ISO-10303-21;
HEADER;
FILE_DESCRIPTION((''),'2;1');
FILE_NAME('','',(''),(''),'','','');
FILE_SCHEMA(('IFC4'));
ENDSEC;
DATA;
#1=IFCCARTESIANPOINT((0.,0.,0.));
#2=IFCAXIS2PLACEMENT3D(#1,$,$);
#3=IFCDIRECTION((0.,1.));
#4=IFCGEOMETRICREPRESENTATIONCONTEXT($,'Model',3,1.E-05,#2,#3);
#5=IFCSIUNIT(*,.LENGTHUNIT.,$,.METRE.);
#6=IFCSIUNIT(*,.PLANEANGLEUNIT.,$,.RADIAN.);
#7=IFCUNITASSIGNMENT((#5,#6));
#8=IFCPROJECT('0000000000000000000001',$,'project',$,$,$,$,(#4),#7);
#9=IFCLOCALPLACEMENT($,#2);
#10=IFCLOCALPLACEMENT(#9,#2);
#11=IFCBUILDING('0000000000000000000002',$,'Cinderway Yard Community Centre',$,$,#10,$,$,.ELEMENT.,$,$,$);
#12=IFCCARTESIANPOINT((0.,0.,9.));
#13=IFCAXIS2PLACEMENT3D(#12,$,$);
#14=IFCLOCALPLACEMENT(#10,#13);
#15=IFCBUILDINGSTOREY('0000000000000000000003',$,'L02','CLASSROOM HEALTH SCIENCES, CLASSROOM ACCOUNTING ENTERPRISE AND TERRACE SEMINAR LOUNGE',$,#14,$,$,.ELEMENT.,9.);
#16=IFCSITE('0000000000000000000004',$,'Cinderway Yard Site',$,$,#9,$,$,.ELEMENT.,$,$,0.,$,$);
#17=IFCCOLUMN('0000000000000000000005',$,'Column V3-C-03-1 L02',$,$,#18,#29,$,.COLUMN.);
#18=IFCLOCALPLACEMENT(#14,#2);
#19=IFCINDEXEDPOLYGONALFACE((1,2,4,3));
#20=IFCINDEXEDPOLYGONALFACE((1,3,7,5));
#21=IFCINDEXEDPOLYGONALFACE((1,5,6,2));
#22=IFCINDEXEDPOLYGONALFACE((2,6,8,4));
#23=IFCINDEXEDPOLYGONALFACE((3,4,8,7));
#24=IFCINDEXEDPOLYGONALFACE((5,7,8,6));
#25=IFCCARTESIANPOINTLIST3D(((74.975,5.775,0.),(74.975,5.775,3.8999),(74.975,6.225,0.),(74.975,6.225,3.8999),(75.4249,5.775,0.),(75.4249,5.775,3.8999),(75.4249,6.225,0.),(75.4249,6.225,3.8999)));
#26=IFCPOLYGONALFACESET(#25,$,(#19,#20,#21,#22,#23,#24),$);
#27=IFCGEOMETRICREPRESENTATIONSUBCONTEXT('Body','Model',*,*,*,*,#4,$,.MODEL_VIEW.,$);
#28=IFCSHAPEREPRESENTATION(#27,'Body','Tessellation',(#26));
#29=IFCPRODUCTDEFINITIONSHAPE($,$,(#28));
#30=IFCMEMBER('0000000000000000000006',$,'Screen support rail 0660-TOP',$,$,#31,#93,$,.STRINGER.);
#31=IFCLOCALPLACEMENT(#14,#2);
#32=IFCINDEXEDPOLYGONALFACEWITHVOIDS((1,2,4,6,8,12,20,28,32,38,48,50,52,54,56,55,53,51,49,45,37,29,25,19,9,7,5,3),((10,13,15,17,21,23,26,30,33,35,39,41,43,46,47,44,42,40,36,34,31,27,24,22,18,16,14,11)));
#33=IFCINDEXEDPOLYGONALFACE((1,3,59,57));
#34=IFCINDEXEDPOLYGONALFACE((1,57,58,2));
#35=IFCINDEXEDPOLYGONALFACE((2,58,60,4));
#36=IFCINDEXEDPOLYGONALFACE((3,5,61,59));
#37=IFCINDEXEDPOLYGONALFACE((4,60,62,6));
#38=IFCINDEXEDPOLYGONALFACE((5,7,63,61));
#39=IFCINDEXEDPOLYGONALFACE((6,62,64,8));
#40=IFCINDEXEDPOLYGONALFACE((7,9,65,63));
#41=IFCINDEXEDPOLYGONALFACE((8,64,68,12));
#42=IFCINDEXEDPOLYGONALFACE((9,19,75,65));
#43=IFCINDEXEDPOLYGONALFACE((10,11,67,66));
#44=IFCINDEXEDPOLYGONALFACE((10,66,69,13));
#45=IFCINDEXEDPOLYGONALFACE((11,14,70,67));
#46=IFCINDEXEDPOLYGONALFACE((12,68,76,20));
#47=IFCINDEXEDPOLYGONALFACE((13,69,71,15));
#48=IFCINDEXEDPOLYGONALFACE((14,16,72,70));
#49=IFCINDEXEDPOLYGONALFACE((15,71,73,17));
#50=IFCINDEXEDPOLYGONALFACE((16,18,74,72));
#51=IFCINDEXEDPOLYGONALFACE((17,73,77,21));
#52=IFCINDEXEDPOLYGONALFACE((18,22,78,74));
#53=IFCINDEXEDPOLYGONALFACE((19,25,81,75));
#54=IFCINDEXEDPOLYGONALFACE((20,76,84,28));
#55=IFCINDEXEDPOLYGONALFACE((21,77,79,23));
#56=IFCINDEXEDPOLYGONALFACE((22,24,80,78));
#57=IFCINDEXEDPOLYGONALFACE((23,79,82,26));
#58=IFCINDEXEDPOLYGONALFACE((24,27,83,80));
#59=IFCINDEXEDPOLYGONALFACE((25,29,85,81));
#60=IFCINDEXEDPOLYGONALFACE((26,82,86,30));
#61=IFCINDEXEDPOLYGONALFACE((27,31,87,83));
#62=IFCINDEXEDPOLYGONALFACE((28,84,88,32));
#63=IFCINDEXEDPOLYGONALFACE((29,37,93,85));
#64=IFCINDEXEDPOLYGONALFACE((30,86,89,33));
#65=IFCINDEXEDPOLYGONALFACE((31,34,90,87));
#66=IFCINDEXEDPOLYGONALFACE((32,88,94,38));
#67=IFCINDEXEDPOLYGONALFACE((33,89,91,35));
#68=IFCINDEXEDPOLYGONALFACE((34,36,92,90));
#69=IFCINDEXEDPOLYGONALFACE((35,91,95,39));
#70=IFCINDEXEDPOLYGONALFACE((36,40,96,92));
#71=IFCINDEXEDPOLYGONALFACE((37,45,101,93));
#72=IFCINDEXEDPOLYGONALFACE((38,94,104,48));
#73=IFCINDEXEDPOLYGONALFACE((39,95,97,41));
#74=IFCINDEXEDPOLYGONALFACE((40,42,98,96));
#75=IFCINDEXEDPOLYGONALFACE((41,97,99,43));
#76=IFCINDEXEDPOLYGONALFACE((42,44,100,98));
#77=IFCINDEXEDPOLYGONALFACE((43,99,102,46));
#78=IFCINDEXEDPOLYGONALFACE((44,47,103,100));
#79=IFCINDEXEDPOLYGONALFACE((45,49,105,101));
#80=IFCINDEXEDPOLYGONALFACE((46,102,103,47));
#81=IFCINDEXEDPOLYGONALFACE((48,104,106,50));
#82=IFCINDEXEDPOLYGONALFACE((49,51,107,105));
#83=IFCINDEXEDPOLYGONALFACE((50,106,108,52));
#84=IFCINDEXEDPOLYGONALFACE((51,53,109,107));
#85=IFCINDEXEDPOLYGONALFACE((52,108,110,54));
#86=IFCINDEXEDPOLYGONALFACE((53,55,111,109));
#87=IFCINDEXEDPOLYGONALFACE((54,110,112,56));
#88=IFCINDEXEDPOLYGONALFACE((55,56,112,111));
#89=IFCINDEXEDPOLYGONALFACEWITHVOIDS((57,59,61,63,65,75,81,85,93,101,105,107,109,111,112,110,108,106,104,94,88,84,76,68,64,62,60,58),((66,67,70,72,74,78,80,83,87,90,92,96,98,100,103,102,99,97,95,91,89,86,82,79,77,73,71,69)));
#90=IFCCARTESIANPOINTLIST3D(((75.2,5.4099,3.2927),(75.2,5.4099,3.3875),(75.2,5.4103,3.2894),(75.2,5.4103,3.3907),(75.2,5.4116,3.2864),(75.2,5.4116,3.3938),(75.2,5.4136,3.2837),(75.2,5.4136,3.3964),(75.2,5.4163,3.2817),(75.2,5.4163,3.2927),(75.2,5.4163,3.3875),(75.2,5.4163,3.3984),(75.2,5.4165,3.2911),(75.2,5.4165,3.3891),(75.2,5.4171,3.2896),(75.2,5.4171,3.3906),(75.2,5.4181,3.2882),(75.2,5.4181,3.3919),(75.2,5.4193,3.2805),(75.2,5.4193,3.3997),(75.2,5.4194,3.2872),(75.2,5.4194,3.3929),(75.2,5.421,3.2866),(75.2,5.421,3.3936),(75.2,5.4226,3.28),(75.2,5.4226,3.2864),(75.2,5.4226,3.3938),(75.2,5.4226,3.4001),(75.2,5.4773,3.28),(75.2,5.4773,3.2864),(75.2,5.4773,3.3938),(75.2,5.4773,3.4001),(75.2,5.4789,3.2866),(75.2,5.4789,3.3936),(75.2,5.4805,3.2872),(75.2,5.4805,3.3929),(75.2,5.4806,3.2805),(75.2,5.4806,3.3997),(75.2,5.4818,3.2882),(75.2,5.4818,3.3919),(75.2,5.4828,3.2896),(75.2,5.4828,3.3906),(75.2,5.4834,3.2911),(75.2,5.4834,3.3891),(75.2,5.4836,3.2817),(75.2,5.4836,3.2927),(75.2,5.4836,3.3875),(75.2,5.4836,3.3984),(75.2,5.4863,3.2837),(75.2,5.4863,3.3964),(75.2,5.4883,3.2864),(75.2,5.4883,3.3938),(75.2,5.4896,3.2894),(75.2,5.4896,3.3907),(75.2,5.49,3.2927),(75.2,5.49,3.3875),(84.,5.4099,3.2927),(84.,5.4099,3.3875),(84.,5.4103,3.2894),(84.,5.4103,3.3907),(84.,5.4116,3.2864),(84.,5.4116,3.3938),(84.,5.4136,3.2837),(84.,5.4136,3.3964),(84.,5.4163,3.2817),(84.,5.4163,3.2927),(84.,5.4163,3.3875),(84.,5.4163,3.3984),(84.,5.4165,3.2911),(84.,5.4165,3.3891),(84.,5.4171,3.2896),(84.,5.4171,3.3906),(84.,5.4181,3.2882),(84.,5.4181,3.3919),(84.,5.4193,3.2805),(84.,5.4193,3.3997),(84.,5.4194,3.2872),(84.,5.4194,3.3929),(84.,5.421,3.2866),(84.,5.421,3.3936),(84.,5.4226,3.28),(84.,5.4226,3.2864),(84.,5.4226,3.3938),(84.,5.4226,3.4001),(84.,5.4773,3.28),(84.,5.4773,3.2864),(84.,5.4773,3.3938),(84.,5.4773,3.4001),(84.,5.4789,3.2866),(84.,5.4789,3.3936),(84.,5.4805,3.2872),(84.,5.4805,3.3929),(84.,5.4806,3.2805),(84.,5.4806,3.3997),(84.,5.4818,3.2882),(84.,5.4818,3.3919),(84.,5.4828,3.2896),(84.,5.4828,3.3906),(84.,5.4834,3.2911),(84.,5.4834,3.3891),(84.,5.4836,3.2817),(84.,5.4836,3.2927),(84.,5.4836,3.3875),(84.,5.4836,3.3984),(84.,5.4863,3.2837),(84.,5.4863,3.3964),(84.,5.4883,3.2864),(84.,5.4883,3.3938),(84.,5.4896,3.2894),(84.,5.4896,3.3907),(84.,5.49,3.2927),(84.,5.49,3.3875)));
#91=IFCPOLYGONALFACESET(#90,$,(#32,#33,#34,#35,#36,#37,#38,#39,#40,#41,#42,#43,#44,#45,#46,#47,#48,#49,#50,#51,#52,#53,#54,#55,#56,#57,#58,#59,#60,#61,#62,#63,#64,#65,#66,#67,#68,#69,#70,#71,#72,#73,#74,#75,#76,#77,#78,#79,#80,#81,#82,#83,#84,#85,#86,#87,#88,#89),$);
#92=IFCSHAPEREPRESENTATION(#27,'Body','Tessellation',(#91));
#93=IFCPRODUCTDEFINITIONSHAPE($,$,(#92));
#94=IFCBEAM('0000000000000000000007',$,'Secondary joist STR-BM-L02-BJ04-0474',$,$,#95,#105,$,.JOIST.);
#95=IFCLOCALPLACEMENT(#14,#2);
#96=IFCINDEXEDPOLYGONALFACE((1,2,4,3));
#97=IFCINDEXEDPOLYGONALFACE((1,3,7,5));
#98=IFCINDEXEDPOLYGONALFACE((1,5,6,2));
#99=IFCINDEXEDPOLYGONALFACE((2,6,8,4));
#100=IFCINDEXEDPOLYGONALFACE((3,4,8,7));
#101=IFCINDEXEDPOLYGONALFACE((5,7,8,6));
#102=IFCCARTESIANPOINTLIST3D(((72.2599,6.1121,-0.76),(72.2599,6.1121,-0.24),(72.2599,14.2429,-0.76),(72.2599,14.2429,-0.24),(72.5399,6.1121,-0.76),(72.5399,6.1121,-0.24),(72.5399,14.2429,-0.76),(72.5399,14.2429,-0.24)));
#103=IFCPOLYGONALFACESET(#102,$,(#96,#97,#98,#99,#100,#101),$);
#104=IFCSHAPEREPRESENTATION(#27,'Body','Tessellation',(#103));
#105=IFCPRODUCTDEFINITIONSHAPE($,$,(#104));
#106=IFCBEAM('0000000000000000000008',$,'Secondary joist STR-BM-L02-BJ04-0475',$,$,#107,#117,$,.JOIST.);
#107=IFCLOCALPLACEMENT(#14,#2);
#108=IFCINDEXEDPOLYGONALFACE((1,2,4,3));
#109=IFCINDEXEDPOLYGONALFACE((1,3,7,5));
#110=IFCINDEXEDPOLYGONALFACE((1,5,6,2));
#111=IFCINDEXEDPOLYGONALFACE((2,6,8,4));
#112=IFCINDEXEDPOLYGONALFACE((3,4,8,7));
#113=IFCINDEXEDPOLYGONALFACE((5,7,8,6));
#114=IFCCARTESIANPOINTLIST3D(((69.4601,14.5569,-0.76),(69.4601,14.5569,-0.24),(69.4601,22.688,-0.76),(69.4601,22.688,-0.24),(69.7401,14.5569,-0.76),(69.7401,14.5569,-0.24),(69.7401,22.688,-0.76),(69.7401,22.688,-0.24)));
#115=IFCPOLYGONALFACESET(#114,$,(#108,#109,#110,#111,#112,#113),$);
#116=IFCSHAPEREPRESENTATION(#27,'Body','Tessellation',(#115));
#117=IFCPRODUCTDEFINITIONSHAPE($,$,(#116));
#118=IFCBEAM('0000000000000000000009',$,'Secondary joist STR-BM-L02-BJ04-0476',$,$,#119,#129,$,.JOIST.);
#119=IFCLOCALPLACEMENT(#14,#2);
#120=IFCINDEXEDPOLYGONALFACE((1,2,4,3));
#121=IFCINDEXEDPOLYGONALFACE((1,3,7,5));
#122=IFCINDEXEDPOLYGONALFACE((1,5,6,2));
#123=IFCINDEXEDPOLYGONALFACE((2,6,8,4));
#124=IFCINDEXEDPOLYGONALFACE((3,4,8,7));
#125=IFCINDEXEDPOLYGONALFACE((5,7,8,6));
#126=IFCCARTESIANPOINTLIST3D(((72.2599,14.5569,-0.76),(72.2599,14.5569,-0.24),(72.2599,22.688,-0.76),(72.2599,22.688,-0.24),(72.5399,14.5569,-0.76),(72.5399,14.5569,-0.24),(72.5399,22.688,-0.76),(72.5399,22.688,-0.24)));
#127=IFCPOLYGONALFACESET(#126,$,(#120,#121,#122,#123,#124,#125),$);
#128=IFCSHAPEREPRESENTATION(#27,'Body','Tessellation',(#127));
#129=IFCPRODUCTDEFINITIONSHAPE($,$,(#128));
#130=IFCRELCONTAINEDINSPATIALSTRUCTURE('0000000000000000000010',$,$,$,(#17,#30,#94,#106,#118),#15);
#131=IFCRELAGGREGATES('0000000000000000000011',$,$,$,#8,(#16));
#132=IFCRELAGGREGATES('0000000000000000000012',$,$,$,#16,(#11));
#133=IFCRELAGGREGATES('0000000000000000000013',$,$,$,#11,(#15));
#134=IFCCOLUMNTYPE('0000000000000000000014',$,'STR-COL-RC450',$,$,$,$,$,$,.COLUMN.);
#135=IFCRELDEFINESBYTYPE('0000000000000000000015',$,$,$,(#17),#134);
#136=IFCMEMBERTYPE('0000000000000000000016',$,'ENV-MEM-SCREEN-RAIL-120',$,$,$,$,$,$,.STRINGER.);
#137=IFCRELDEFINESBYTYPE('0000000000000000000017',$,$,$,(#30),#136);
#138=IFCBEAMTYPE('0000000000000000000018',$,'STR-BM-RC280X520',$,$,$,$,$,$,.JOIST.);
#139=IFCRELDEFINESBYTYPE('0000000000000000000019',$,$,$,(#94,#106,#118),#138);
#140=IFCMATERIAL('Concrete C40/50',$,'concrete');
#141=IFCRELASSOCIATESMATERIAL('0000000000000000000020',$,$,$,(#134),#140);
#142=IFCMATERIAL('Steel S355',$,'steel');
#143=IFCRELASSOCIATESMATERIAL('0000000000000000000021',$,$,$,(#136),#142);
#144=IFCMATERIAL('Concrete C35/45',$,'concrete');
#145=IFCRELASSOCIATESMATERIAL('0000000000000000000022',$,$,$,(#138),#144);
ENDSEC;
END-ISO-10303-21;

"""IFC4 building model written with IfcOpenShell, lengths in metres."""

from ifc_helpers import new_model, si_unit, direction, frame, origin, origin_2d, place, context, subcontext, project, spatial, rectangle, hollow_rectangle, extrude, material, material_profile, profile_set, type_object, element, save


model = new_model("IFC4")

# Units and contexts
model_context = context("Model", 3, precision=1e-05, world=origin(), true_north=direction((0.0, 1.0)))
body_context = subcontext(model_context, "Body", "Model", "MODEL_VIEW")
ifc_project = project(units=[si_unit("LENGTHUNIT", "METRE"), si_unit("PLANEANGLEUNIT", "RADIAN")], contexts=[model_context])

# Site, building, storey
site_placement = place(None, origin())
site = spatial("IfcSite", under=ifc_project, at=site_placement, Name="Cinderway Yard Site", CompositionType="ELEMENT", RefElevation=0.0)
building_placement = place(site_placement, origin())
building = spatial("IfcBuilding", under=site, at=building_placement, Name="Cinderway Yard Community Centre", CompositionType="ELEMENT")
storey_placement = place(building_placement, frame((0.0, 0.0, 9.0)))
storey = spatial("IfcBuildingStorey", under=building, at=storey_placement, Name="L02", Description="CLASSROOM HEALTH SCIENCES, CLASSROOM ACCOUNTING ENTERPRISE AND TERRACE SEMINAR LOUNGE", CompositionType="ELEMENT", Elevation=9.0)

# Column
ifc_material_1 = material(Name="Concrete C40/50", Category="concrete")
ifc_material_profile_1 = material_profile(ifc_material_1, rectangle(XDim=0.45, YDim=0.45, at=origin_2d()), Name="Concrete C40/50")
ifc_profile_set_1 = profile_set([ifc_material_profile_1], Name="Concrete C40/50")
column_type = type_object("IfcColumnType", Name="STR-COL-RC450", PredefinedType="COLUMN", material=ifc_profile_set_1)
column_placement = place(storey_placement, frame((75.2, 6.0, 0.0), z_axis=(0.0, 0.0, 1.0), x_axis=(1.0, 0.0, 0.0)))
element("IfcColumn", 1, at=column_placement, inside=storey, type_object=column_type, Name="Column V3-C-03-1 L02", PredefinedType="COLUMN", context=body_context, shape_type="SweptSolid", body=[
    extrude(rectangle(XDim=0.45, YDim=0.45, at=origin_2d()), origin(), (0.0, 0.0, 1.0), 3.8999),
])

# Member
ifc_material_2 = material(Name="Steel S355", Category="steel")
ifc_material_profile_2 = material_profile(ifc_material_2, hollow_rectangle(XDim=0.0801, YDim=0.1201, WallThickness=0.0063, InnerFilletRadius=0.0063, OuterFilletRadius=0.0127, at=origin_2d()), Name="Steel S355")
ifc_profile_set_2 = profile_set([ifc_material_profile_2], Name="Steel S355")
member_type = type_object("IfcMemberType", Name="ENV-MEM-SCREEN-RAIL-120", PredefinedType="STRINGER", material=ifc_profile_set_2)
member_placement = place(storey_placement, frame((75.2, 5.45, 3.3401), z_axis=(1.0, 0.0, 0.0), x_axis=(0.0, 1.0, 0.0)))
element("IfcMember", 2, at=member_placement, inside=storey, type_object=member_type, Name="Screen support rail 0660-TOP", PredefinedType="STRINGER", context=body_context, shape_type="SweptSolid", body=[
    extrude(hollow_rectangle(XDim=0.0801, YDim=0.1201, WallThickness=0.0063, InnerFilletRadius=0.0063, OuterFilletRadius=0.0127, at=origin_2d()), origin(), (0.0, 0.0, 1.0), 8.8),
])

# Beams
ifc_material_3 = material(Name="Concrete C35/45", Category="concrete")
ifc_material_profile_3 = material_profile(ifc_material_3, rectangle(XDim=0.28, YDim=0.52, at=origin_2d()), Name="Concrete C35/45")
ifc_profile_set_3 = profile_set([ifc_material_profile_3], Name="Concrete C35/45")
beam_type = type_object("IfcBeamType", Name="STR-BM-RC280X520", PredefinedType="JOIST", material=ifc_profile_set_3)
beam_placement = place(storey_placement, frame((72.3999, 6.1121, -0.5), z_axis=(0.0, 1.0, 0.0), x_axis=(-1.0, 0.0, 0.0)))
element("IfcBeam", 3, at=beam_placement, inside=storey, type_object=beam_type, Name="Secondary joist STR-BM-L02-BJ04-0474", PredefinedType="JOIST", context=body_context, shape_type="SweptSolid", body=[
    extrude(rectangle(XDim=0.28, YDim=0.52, at=origin_2d()), origin(), (0.0, 0.0, 1.0), 8.1309),
])
for number, where, z_axis, x_axis, name in (
    (4, (69.6001, 14.5569, -0.5), (0.0, 1.0, 0.0), (-1.0, 0.0, 0.0), "Secondary joist STR-BM-L02-BJ04-0475"),
    (5, (72.3999, 14.5569, -0.5), (0.0, 1.0, 0.0), (-1.0, 0.0, 0.0), "Secondary joist STR-BM-L02-BJ04-0476"),
):
    element("IfcBeam", number, at=place(storey_placement, frame(where, z_axis=z_axis, x_axis=x_axis)), inside=storey, type_object=beam_type, Name=name, PredefinedType="JOIST", context=body_context, shape_type="SweptSolid", body=[
        extrude(rectangle(XDim=0.28, YDim=0.52, at=origin_2d()), origin(), (0.0, 0.0, 1.0), 8.1311),
    ])

save(model, "model.ifc")
